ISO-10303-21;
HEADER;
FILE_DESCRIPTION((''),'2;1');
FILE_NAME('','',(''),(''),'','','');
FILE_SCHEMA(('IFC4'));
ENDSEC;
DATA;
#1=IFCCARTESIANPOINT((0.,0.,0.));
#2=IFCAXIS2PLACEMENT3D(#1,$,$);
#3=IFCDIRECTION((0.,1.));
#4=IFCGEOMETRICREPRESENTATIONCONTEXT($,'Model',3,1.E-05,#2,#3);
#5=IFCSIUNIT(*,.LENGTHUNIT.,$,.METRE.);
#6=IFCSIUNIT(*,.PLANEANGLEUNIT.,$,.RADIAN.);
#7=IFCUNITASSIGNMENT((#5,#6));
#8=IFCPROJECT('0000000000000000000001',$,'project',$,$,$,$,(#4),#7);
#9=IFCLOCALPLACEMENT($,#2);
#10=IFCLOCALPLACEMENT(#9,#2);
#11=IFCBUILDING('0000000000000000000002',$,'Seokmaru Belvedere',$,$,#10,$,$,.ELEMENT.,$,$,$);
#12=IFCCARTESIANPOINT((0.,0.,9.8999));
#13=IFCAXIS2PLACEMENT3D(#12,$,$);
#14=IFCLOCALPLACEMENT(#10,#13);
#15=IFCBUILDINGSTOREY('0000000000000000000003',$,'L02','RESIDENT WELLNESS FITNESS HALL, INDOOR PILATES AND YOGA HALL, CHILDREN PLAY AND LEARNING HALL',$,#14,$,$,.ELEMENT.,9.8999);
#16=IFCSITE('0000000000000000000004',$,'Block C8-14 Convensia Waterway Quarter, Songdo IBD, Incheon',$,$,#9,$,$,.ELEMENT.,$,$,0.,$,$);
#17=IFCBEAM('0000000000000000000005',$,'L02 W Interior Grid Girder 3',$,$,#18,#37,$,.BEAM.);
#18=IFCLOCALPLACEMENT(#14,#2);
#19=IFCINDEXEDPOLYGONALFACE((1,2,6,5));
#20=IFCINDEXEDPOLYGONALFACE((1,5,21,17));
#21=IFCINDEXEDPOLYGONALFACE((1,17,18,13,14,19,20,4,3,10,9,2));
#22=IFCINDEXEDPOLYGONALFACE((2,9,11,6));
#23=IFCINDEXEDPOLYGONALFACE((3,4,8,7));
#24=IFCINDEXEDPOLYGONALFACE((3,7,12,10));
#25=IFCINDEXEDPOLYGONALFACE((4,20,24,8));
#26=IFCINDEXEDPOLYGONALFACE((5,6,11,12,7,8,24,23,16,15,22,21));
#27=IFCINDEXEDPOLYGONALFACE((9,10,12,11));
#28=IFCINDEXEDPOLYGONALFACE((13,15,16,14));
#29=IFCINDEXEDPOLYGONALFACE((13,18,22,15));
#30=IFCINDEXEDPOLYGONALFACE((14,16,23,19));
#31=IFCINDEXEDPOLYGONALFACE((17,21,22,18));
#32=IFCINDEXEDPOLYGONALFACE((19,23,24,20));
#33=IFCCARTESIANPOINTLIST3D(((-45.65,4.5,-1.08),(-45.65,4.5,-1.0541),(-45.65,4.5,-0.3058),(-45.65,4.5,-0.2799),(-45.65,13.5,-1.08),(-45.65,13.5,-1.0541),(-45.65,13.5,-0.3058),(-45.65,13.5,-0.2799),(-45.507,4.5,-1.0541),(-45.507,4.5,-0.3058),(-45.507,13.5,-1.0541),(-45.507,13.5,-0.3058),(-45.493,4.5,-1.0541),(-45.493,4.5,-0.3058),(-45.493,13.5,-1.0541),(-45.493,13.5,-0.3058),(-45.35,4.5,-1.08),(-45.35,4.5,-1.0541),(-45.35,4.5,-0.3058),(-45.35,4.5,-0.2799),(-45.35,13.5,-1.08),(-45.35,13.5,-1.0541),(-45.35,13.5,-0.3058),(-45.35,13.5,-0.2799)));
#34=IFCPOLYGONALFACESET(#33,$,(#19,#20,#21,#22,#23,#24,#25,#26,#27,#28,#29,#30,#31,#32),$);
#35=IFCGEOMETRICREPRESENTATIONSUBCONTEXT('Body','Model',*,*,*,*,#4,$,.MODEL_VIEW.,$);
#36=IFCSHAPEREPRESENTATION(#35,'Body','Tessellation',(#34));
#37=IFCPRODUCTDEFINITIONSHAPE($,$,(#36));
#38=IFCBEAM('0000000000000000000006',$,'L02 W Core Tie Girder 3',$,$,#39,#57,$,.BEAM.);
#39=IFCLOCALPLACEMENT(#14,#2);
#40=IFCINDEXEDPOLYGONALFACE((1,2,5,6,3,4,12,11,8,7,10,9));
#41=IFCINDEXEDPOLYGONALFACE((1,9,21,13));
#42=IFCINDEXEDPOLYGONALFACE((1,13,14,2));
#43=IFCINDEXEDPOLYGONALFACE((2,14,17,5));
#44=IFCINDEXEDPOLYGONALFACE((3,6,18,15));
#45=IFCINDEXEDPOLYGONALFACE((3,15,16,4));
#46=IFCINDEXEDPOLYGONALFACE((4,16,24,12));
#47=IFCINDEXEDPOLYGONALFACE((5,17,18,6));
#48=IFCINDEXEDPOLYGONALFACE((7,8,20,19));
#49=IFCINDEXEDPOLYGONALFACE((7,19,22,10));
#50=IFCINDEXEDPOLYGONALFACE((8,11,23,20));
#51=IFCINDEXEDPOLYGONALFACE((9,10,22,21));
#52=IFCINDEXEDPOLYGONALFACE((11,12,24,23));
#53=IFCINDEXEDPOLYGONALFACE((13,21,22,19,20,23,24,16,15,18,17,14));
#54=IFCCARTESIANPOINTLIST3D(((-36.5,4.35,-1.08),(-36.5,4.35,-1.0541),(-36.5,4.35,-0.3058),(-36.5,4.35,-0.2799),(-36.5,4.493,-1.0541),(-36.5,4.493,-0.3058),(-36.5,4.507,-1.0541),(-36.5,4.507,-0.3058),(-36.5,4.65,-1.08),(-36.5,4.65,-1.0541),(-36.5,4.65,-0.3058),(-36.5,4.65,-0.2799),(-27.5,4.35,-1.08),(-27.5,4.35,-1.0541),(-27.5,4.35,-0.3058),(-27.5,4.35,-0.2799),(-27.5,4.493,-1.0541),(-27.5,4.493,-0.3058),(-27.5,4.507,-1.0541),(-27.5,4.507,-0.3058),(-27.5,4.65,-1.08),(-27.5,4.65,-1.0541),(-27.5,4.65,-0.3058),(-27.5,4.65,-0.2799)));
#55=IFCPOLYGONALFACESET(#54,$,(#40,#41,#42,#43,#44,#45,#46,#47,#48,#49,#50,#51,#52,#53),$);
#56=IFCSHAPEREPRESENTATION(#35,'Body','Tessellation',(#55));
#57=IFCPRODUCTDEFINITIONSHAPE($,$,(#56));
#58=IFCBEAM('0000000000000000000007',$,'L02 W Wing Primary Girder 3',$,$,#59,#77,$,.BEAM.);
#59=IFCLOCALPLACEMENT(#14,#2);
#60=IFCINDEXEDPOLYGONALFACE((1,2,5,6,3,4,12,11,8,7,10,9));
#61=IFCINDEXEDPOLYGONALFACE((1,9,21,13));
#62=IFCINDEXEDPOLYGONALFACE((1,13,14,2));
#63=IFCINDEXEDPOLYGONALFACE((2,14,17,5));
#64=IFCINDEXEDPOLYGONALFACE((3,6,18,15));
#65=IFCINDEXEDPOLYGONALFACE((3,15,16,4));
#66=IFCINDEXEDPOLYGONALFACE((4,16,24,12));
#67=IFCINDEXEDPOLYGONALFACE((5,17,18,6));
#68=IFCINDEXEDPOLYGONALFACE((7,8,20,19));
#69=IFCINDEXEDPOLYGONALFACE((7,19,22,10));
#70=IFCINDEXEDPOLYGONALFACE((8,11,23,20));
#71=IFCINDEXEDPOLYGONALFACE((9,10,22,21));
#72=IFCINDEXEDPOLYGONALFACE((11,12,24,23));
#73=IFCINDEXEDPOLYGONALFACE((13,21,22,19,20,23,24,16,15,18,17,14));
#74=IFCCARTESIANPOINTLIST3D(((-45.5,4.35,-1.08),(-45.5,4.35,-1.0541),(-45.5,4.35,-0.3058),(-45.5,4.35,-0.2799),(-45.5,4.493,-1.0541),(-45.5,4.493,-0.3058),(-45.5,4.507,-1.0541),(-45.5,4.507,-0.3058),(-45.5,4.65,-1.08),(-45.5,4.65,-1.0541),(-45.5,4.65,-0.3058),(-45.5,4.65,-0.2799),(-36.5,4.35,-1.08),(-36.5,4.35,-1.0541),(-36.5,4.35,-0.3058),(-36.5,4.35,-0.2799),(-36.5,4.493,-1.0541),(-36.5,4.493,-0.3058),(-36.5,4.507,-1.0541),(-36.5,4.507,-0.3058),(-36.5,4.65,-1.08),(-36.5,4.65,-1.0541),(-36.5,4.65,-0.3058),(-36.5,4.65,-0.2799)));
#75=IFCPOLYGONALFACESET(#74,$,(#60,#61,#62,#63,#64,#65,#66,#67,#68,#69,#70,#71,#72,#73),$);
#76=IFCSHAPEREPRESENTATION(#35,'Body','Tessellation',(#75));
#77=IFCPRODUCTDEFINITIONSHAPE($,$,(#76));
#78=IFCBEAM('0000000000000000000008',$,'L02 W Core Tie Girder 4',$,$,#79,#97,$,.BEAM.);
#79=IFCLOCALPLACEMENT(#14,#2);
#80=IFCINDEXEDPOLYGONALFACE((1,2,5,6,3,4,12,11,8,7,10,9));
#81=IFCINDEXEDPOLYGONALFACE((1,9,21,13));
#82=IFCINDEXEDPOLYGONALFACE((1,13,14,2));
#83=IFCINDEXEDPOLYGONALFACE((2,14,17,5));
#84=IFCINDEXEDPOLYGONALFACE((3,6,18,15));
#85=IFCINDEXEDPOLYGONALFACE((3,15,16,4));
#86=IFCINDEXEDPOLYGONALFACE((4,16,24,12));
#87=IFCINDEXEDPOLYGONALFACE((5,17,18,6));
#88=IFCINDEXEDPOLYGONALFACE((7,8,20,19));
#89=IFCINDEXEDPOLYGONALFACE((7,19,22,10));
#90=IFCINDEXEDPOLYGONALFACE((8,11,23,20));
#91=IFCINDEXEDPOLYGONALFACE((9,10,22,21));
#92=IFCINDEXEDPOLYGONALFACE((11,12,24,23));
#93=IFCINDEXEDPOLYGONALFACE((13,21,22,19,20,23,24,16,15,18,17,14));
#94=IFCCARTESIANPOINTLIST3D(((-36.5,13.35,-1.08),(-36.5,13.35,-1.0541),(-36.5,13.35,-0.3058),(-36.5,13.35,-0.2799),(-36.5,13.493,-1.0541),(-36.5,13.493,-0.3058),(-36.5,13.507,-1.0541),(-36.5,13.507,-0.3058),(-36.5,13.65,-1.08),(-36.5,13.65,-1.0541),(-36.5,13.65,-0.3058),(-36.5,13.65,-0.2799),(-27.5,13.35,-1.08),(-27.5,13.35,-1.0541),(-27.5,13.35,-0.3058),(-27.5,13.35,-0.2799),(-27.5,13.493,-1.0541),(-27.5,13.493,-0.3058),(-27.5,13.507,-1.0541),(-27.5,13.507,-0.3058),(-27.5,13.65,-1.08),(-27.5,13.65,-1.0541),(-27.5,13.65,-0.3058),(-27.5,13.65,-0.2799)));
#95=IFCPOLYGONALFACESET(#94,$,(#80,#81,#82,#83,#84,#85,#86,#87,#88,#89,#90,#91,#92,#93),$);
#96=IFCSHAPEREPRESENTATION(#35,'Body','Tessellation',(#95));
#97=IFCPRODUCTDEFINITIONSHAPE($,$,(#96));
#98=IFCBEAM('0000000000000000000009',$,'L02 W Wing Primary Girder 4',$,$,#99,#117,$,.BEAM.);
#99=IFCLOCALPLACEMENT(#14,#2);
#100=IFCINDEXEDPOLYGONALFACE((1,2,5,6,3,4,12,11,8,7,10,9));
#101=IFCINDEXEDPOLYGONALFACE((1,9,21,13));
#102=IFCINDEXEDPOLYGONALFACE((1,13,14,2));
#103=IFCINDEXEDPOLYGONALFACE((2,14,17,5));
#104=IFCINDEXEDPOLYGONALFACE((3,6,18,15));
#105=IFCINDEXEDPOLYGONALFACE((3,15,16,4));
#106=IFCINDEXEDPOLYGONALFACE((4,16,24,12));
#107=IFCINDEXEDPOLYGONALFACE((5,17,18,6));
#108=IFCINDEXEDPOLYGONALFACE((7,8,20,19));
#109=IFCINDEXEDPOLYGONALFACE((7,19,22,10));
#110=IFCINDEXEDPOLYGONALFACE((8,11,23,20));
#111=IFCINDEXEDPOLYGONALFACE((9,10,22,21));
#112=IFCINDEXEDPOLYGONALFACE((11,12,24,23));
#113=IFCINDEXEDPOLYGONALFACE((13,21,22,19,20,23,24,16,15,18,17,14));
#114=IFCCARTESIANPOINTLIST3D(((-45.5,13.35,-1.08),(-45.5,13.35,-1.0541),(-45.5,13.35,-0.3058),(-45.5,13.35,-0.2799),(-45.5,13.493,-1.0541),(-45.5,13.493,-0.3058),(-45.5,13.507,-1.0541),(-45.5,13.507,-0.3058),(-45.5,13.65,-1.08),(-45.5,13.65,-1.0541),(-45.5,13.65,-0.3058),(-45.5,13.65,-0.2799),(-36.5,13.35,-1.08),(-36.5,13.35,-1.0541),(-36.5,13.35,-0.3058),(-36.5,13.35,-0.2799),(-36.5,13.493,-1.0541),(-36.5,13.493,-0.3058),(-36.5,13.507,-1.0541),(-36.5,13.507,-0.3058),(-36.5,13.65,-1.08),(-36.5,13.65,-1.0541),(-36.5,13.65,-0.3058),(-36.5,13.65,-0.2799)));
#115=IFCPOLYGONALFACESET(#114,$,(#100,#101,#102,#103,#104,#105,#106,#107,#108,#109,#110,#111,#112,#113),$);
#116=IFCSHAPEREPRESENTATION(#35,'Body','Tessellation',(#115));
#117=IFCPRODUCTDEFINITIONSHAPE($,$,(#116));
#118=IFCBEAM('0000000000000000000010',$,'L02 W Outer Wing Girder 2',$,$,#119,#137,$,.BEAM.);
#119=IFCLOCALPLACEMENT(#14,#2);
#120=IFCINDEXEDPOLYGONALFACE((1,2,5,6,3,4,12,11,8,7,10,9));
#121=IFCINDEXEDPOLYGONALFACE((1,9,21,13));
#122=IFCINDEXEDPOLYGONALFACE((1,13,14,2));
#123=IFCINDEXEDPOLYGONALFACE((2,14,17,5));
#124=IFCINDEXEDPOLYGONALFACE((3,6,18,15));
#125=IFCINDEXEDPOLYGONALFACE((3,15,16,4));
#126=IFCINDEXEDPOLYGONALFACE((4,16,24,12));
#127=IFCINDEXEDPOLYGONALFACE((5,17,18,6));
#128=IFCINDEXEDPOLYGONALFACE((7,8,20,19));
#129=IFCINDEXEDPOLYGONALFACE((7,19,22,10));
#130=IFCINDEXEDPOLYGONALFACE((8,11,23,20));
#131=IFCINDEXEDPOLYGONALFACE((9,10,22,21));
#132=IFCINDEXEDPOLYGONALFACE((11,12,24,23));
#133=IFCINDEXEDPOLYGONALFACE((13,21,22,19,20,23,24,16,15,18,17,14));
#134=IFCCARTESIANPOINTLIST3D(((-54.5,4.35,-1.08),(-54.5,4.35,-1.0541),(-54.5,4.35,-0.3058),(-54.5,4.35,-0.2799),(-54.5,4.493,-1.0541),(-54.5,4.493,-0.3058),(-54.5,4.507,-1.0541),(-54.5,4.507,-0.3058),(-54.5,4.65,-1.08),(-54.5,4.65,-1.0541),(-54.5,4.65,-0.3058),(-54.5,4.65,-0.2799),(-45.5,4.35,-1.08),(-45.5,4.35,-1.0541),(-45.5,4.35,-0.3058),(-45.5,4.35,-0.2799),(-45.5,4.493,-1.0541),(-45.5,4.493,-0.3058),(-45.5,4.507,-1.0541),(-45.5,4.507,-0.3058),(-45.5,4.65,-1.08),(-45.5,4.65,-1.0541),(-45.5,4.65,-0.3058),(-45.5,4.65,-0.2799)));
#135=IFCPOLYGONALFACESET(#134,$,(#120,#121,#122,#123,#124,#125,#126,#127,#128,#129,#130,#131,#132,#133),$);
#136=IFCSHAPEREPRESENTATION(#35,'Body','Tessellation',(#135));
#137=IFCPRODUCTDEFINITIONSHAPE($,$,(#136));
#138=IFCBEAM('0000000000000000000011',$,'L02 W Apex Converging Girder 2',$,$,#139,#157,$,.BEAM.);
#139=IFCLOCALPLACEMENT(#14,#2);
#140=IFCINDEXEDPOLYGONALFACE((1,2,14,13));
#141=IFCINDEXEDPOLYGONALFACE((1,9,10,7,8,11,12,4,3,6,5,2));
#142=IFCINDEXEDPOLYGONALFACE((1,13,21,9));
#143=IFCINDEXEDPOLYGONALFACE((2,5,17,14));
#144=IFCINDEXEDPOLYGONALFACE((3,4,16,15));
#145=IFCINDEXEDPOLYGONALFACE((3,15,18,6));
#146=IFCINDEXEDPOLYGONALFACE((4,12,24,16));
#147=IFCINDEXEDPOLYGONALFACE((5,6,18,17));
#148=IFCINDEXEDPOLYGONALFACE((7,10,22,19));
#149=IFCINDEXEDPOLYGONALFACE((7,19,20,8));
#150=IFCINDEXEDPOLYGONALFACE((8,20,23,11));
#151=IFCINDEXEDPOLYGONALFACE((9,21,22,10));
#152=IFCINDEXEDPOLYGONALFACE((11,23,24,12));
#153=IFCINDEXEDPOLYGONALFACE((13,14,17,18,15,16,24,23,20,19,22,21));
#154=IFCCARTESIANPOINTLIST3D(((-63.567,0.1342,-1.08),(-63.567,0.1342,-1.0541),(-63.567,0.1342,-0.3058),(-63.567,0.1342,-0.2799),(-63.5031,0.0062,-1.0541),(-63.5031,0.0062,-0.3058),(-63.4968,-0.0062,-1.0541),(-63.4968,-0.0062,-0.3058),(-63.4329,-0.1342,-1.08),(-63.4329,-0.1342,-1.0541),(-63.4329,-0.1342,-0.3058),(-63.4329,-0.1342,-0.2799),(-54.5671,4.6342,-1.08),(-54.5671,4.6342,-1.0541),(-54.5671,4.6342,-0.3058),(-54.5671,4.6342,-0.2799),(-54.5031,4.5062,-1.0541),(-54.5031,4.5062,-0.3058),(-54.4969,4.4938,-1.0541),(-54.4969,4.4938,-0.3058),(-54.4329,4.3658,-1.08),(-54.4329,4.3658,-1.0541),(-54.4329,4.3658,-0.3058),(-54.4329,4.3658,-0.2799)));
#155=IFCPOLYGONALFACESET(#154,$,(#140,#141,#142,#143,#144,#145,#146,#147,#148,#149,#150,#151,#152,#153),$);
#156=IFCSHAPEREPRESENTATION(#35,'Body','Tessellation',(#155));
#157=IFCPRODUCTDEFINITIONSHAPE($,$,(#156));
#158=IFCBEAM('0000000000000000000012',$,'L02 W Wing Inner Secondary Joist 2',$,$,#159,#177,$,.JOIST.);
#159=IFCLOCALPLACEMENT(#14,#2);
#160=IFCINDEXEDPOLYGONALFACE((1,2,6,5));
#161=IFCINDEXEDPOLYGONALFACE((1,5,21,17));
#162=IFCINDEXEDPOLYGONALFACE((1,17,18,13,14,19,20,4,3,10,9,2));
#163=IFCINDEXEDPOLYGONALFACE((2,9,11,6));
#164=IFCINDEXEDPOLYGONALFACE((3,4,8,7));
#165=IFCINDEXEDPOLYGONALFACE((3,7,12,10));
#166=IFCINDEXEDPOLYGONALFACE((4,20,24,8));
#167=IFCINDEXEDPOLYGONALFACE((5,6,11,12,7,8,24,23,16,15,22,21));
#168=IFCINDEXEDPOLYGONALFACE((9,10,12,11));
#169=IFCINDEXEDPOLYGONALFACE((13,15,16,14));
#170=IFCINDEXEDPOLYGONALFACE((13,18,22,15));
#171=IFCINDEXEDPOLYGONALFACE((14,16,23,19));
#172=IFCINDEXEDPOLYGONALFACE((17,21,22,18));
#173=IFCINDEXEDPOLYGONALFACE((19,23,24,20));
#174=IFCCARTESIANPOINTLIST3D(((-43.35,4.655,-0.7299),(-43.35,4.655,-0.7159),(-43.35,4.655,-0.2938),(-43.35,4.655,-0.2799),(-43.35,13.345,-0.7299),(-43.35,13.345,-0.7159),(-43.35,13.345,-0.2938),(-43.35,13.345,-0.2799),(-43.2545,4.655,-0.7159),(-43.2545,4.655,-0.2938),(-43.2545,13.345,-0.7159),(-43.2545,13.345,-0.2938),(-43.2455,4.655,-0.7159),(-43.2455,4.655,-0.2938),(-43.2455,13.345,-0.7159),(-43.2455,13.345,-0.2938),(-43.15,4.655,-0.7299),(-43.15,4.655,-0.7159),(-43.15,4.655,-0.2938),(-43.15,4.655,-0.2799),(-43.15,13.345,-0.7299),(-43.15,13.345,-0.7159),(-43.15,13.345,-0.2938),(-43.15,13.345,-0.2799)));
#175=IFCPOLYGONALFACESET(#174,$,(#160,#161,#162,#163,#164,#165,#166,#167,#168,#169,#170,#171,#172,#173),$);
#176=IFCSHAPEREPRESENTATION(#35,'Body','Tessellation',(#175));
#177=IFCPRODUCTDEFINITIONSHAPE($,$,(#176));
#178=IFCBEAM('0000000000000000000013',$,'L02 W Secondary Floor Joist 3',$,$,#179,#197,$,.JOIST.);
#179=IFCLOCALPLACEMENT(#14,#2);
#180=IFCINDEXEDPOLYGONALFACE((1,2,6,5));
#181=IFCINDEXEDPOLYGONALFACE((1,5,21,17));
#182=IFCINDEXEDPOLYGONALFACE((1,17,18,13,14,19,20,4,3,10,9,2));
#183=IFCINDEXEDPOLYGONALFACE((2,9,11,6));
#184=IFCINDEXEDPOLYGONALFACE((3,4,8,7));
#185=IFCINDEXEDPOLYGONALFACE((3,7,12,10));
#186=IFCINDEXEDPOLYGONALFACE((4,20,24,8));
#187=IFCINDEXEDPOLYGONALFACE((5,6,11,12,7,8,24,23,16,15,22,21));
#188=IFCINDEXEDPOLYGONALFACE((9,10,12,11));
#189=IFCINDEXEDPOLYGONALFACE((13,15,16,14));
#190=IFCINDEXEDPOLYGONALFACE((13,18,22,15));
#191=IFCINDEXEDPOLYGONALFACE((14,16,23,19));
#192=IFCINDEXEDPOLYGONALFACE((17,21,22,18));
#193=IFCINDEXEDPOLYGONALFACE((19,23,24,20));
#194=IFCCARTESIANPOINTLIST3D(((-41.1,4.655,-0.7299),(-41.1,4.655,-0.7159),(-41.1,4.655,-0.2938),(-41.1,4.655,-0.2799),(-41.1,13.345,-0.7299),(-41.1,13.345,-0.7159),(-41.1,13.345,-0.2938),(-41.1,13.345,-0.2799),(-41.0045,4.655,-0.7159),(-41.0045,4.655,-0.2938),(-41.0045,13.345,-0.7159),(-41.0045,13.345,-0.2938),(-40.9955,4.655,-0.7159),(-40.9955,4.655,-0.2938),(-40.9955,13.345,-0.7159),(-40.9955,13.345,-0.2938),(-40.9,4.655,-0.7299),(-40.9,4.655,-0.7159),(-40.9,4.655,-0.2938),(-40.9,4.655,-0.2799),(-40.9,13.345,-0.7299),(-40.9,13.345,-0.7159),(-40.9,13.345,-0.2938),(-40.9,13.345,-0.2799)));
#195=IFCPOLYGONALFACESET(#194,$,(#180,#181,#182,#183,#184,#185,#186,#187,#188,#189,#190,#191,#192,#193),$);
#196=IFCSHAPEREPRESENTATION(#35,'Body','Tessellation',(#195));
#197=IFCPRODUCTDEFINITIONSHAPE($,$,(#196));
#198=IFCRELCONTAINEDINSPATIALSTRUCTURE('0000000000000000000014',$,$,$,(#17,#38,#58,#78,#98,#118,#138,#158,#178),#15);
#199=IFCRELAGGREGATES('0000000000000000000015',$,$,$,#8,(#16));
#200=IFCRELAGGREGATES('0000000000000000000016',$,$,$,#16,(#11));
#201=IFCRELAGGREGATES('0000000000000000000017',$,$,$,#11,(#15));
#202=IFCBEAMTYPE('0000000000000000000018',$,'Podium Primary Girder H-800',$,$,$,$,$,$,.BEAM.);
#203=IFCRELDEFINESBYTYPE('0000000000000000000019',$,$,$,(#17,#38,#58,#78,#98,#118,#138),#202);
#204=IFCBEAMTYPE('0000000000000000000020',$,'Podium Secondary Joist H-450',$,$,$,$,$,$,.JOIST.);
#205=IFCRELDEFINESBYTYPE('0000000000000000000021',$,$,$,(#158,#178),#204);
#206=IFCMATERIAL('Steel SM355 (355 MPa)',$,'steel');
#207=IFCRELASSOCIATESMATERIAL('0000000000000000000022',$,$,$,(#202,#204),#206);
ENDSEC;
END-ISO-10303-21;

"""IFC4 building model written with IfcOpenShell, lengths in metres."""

from ifc_helpers import new_model, si_unit, direction, frame, origin, origin_2d, place, context, subcontext, project, spatial, i_section, extrude, source, transform, mapped, material, material_profile, profile_set, type_object, type_shapes, element, save


model = new_model("IFC4")

# Units and contexts
model_context = context("Model", 3, precision=1e-05, world=origin(), true_north=direction((0.0, 1.0)))
body_context = subcontext(model_context, "Body", "Model", "MODEL_VIEW")
ifc_project = project(units=[si_unit("LENGTHUNIT", "METRE"), si_unit("PLANEANGLEUNIT", "RADIAN")], contexts=[model_context])

# Site, building, storey
site_placement = place(None, origin())
site = spatial("IfcSite", under=ifc_project, at=site_placement, Name="Block C8-14 Convensia Waterway Quarter, Songdo IBD, Incheon", CompositionType="ELEMENT", RefElevation=0.0)
building_placement = place(site_placement, origin())
building = spatial("IfcBuilding", under=site, at=building_placement, Name="Seokmaru Belvedere", CompositionType="ELEMENT")
storey_placement = place(building_placement, frame((0.0, 0.0, 9.8999)))
storey = spatial("IfcBuildingStorey", under=building, at=storey_placement, Name="L02", Description="RESIDENT WELLNESS FITNESS HALL, INDOOR PILATES AND YOGA HALL, CHILDREN PLAY AND LEARNING HALL", CompositionType="ELEMENT", Elevation=9.8999)

# Shared definitions
ifc_material_1 = material(Name="Steel SM355 (355 MPa)", Category="steel")

# Beams
ifc_material_profile_1 = material_profile(ifc_material_1, i_section(OverallWidth=0.3, OverallDepth=0.8, WebThickness=0.0139, FlangeThickness=0.0259, at=origin_2d()), Name="H-800x300x14x26")
ifc_profile_set_1 = profile_set([ifc_material_profile_1], Name="Steel SM355 (355 MPa)")
beam_type_1 = type_object("IfcBeamType", Name="Podium Primary Girder H-800", PredefinedType="BEAM", material=ifc_profile_set_1)
shared_shape_1 = source(origin(), body_context, "Body", "SweptSolid", [
    extrude(i_section(OverallWidth=0.3, OverallDepth=0.8, WebThickness=0.0139, FlangeThickness=0.0259, at=origin_2d()), origin(), (0.0, 0.0, 1.0), 9.0),
])
for number, where, z_axis, x_axis, name in (
    (1, (-45.5, 4.5, -0.6799), (0.0, 1.0, 0.0), (-1.0, 0.0, 0.0), "L02 W Interior Grid Girder 3"),
    (2, (-36.5, 4.5, -0.6799), (1.0, 0.0, 0.0), (0.0, 1.0, 0.0), "L02 W Core Tie Girder 3"),
    (3, (-45.5, 4.5, -0.6799), (1.0, 0.0, 0.0), (0.0, 1.0, 0.0), "L02 W Wing Primary Girder 3"),
    (4, (-36.5, 13.5, -0.6799), (1.0, 0.0, 0.0), (0.0, 1.0, 0.0), "L02 W Core Tie Girder 4"),
    (5, (-45.5, 13.5, -0.6799), (1.0, 0.0, 0.0), (0.0, 1.0, 0.0), "L02 W Wing Primary Girder 4"),
    (6, (-54.5, 4.5, -0.6799), (1.0, 0.0, 0.0), (0.0, 1.0, 0.0), "L02 W Outer Wing Girder 2"),
):
    element("IfcBeam", number, at=place(storey_placement, frame(where, z_axis=z_axis, x_axis=x_axis)), inside=storey, type_object=beam_type_1, Name=name, PredefinedType="BEAM", context=body_context, shape_type="MappedRepresentation", body=[
        mapped(shared_shape_1, transform((0.0, 0.0, 0.0), scale=1.0)),
    ])
shared_shape_2 = source(origin(), body_context, "Body", "SweptSolid", [
    extrude(i_section(OverallWidth=0.3, OverallDepth=0.8, WebThickness=0.0139, FlangeThickness=0.0259, at=origin_2d()), origin(), (0.0, 0.0, 1.0), 10.0623),
])
beam_1_placement = place(storey_placement, frame((-54.5, 4.5, -0.6799), z_axis=(-0.894427, -0.447214, 0.0), x_axis=(0.447214, -0.894427, 0.0)))
element("IfcBeam", 7, at=beam_1_placement, inside=storey, type_object=beam_type_1, Name="L02 W Apex Converging Girder 2", PredefinedType="BEAM", context=body_context, shape_type="MappedRepresentation", body=[
    mapped(shared_shape_2, transform((0.0, 0.0, 0.0), scale=1.0)),
])
ifc_material_profile_2 = material_profile(ifc_material_1, i_section(OverallWidth=0.2, OverallDepth=0.45, WebThickness=0.009, FlangeThickness=0.0139, at=origin_2d()), Name="H-450x200x9x14")
ifc_profile_set_2 = profile_set([ifc_material_profile_2], Name="Steel SM355 (355 MPa)")
beam_type_2 = type_object("IfcBeamType", Name="Podium Secondary Joist H-450", PredefinedType="JOIST", material=ifc_profile_set_2)
shared_shape_3 = source(origin(), body_context, "Body", "SweptSolid", [
    extrude(i_section(OverallWidth=0.2, OverallDepth=0.45, WebThickness=0.009, FlangeThickness=0.0139, at=origin_2d()), origin(), (0.0, 0.0, 1.0), 8.6899),
])
type_shapes(beam_type_2, [shared_shape_3])
for number, where, z_axis, x_axis, name in (
    (8, (-43.25, 4.655, -0.5049), (0.0, 1.0, 0.0), (-1.0, 0.0, 0.0), "L02 W Wing Inner Secondary Joist 2"),
    (9, (-41.0, 4.655, -0.5049), (0.0, 1.0, 0.0), (-1.0, 0.0, 0.0), "L02 W Secondary Floor Joist 3"),
):
    element("IfcBeam", number, at=place(storey_placement, frame(where, z_axis=z_axis, x_axis=x_axis)), inside=storey, type_object=beam_type_2, Name=name, PredefinedType="JOIST", context=body_context, shape_type="MappedRepresentation", body=[
        mapped(shared_shape_3, transform((0.0, 0.0, 0.0), scale=1.0)),
    ])

save(model, "model.ifc")
